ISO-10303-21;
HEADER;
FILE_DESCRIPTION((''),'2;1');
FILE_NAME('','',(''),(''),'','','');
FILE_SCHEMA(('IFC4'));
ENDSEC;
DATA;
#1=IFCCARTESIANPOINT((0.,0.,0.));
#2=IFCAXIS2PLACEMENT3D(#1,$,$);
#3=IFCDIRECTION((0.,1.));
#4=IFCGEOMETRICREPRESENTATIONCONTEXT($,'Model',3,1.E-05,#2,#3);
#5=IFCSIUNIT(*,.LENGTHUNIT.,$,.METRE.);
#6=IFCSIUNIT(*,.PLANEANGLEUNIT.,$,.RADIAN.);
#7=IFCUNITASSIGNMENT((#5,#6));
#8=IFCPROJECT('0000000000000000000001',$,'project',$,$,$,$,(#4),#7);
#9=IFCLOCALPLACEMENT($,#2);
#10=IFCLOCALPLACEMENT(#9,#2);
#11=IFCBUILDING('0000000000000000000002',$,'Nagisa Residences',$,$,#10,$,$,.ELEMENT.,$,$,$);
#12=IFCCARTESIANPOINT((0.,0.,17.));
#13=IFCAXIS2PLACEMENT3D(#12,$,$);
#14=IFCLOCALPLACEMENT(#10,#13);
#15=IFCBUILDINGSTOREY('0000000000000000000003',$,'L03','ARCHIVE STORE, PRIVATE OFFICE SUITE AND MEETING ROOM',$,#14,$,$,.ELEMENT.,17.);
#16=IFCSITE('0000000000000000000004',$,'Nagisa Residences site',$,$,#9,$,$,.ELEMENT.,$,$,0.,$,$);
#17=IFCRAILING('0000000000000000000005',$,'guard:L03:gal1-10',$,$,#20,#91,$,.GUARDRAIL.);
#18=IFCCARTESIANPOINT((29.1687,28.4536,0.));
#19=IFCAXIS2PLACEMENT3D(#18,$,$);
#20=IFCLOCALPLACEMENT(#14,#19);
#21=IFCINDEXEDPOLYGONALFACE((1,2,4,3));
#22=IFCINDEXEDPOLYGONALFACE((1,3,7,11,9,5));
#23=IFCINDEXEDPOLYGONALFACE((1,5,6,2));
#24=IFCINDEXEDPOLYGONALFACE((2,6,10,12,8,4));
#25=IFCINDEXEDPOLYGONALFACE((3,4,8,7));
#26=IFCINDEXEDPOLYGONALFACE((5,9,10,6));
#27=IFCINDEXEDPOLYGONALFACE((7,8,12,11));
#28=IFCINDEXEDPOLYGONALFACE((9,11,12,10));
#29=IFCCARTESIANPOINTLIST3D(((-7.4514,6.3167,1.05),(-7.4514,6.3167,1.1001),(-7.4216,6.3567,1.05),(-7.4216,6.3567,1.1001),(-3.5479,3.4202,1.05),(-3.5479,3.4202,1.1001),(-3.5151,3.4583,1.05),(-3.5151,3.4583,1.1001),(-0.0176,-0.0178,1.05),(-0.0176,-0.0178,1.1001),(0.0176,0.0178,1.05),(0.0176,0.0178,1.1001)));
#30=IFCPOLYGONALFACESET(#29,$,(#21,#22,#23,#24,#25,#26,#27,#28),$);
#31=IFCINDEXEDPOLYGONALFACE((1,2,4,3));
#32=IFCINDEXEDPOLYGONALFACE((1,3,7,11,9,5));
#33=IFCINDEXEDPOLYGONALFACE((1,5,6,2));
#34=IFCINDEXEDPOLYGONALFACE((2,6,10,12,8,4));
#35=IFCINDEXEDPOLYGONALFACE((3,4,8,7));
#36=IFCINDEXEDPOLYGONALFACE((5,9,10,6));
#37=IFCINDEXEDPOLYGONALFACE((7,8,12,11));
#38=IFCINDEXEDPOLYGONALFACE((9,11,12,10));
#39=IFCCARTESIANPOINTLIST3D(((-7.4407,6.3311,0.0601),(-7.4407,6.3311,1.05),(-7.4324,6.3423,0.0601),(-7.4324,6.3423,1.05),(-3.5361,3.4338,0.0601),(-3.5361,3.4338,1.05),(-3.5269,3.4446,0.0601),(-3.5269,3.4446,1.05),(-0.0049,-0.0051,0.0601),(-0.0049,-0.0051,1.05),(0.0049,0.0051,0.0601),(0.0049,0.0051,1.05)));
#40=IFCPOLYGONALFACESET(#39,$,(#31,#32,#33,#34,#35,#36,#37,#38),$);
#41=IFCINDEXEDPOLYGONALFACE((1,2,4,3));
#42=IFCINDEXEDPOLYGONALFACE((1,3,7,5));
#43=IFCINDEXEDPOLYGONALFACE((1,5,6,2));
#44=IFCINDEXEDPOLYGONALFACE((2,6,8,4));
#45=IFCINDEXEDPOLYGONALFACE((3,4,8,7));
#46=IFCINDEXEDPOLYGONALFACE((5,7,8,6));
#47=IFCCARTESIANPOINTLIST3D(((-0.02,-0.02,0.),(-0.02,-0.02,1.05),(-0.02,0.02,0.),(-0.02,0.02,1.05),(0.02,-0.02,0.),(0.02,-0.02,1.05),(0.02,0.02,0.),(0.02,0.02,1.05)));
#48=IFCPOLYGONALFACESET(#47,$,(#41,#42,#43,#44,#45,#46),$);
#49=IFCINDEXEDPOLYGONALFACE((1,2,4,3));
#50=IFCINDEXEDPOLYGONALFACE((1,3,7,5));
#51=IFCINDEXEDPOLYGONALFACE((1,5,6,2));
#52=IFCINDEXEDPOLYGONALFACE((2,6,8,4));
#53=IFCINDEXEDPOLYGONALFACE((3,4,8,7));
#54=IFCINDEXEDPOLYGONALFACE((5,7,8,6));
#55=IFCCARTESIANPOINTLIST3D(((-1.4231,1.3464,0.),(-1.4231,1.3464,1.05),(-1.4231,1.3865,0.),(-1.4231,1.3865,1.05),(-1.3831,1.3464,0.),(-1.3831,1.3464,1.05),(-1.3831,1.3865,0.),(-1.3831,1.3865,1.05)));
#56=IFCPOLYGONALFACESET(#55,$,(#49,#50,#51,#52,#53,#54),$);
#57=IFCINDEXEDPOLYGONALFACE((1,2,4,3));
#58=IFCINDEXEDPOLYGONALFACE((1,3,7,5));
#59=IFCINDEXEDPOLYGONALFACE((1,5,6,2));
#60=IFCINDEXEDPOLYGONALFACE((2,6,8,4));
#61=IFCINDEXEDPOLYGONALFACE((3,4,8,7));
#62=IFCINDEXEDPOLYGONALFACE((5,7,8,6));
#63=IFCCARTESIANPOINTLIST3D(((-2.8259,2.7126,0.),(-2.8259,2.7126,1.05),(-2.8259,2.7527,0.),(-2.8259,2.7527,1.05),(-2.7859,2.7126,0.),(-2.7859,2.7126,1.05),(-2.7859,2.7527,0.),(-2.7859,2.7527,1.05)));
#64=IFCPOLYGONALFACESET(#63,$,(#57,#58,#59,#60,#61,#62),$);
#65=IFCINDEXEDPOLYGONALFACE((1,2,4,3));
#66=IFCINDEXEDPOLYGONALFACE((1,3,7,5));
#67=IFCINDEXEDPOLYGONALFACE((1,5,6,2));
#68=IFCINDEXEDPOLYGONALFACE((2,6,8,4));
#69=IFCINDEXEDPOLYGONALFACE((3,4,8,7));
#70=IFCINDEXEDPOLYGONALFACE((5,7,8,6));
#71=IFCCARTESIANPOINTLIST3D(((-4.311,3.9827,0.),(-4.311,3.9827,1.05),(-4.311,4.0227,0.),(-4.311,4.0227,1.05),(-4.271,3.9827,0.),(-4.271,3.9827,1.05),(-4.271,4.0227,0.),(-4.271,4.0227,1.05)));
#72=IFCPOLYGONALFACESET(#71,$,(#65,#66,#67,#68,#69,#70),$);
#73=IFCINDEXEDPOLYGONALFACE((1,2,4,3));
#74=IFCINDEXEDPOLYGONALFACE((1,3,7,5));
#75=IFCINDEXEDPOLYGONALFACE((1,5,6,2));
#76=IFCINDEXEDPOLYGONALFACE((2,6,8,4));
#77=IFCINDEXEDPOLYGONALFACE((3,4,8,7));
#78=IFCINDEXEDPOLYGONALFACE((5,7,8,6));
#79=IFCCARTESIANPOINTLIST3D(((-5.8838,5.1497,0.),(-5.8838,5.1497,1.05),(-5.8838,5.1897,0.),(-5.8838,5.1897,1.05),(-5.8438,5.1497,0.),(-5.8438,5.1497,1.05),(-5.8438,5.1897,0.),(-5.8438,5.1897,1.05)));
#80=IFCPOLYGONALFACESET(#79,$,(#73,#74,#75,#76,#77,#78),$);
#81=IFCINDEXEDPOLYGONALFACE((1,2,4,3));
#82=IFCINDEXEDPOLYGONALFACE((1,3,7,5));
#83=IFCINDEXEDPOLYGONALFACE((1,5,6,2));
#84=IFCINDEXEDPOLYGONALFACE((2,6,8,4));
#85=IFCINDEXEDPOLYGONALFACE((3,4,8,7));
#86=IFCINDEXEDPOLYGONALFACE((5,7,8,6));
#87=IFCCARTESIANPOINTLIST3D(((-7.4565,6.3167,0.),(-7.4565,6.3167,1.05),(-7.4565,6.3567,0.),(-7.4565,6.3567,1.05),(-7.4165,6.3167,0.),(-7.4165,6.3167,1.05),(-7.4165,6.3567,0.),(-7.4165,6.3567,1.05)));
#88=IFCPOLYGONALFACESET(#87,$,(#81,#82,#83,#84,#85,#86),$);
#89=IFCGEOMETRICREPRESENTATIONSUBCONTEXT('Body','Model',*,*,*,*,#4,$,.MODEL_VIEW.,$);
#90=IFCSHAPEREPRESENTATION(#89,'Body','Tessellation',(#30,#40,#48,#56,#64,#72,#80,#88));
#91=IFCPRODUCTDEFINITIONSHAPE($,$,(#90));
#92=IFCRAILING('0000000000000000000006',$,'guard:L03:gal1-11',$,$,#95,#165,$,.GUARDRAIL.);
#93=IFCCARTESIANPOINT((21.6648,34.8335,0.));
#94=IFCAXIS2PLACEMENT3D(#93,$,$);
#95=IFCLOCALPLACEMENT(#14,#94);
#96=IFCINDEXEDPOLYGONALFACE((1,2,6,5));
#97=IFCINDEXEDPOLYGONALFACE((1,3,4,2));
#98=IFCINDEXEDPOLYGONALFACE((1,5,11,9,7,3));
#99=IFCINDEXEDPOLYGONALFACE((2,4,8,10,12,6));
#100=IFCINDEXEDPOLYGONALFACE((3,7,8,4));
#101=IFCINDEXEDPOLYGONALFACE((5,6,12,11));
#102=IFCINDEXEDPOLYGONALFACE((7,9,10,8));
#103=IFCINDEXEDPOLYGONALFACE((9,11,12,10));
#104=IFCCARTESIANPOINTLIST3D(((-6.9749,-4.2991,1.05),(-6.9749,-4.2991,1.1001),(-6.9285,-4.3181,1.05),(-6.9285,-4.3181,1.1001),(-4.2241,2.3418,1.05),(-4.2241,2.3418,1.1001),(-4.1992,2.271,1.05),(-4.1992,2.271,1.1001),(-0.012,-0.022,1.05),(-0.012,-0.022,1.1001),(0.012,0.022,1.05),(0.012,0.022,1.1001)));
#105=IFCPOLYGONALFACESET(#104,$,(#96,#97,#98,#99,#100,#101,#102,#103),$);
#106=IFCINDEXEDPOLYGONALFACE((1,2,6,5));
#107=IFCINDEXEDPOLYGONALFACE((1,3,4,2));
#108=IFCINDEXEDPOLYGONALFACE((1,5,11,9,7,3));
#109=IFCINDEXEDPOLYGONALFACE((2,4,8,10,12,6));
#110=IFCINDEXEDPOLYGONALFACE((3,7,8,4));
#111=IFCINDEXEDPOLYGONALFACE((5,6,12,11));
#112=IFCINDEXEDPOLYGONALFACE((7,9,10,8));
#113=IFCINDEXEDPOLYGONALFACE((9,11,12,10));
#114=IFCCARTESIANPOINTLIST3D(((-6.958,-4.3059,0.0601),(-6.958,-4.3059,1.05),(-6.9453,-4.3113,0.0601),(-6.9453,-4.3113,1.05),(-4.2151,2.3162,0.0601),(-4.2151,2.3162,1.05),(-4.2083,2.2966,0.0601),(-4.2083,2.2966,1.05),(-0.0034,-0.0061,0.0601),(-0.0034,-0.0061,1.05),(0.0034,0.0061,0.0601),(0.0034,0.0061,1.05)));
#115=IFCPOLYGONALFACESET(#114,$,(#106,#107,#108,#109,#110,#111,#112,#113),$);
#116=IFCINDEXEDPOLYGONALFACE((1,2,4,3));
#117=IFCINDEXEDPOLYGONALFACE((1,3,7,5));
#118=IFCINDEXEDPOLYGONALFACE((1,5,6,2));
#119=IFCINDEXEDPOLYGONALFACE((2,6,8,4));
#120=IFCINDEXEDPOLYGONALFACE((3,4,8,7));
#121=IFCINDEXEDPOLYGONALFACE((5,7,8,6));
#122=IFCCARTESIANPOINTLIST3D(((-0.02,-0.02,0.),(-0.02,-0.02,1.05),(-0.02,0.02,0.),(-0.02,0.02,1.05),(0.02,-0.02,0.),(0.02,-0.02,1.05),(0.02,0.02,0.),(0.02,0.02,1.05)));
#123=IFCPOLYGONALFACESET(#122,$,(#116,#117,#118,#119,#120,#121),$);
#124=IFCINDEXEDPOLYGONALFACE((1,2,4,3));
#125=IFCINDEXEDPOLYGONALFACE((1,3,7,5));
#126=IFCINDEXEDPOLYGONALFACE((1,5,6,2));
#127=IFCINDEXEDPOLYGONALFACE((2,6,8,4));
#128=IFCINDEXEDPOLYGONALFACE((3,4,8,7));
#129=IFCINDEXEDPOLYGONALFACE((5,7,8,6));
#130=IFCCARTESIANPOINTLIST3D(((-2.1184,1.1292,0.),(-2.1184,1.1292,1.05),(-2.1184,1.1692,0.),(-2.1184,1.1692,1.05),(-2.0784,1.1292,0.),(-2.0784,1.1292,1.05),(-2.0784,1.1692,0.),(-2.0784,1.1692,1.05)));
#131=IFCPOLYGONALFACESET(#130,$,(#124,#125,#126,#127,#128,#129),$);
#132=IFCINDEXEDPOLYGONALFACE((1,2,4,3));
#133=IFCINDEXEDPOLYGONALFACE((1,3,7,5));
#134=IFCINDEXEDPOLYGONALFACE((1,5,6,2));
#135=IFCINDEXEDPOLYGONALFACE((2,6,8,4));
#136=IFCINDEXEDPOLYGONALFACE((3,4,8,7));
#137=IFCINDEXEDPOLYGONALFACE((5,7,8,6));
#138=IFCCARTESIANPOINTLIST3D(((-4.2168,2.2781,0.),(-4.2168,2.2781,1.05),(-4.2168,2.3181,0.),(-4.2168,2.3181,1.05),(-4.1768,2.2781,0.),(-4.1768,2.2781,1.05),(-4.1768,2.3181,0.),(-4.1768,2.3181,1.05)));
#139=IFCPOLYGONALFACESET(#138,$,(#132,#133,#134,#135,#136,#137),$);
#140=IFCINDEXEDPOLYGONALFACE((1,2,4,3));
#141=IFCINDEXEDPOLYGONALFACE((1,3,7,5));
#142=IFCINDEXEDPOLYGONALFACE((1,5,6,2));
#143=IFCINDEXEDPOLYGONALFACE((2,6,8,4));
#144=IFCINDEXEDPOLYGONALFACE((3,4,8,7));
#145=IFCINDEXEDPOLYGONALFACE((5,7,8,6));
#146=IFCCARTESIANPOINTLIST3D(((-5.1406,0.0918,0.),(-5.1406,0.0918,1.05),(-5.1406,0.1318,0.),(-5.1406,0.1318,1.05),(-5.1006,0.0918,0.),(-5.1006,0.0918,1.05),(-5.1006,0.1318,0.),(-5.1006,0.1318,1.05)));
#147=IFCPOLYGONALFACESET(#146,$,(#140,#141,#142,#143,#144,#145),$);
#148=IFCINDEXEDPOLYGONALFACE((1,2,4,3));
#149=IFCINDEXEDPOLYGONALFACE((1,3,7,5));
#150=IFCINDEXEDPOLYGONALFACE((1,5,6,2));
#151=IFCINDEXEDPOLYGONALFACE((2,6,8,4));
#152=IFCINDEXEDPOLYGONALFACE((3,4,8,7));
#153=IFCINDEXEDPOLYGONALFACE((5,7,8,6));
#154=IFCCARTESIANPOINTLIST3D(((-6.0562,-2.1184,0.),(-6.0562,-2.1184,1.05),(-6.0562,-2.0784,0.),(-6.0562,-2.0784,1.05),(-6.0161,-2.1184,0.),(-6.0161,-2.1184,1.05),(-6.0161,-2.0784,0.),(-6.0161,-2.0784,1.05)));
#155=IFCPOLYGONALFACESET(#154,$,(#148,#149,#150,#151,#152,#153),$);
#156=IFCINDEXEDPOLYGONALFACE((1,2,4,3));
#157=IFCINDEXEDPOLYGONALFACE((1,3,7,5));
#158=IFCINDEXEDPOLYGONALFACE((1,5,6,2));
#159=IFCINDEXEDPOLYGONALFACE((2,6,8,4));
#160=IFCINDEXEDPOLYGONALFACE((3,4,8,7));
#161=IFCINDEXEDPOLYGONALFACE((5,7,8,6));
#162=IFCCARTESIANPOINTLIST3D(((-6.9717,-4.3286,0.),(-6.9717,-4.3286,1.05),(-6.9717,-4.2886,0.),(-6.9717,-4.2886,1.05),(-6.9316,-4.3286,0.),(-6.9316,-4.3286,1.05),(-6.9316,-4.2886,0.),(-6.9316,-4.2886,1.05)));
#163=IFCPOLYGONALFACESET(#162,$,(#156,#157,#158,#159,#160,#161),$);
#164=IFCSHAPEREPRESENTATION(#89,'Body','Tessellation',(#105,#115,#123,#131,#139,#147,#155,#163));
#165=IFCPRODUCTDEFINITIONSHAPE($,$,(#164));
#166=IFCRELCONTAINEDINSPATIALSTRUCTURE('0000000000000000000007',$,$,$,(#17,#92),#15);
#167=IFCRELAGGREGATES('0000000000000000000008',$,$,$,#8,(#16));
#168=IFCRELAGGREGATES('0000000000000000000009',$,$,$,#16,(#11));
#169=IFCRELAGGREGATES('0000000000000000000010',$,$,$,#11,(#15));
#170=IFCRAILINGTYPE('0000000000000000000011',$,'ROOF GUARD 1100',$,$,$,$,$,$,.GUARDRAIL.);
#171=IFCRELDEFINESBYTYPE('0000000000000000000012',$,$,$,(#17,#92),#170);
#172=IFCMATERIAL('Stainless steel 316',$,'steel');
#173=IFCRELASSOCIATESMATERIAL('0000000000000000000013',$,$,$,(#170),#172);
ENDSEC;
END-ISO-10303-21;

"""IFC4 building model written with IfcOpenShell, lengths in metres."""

from ifc_helpers import new_model, si_unit, direction, frame, origin, origin_2d, place, context, subcontext, project, spatial, polyline, rectangle, outline, extrude, material, type_object, element, save


model = new_model("IFC4")

# Units and contexts
model_context = context("Model", 3, precision=1e-05, world=origin(), true_north=direction((0.0, 1.0)))
body_context = subcontext(model_context, "Body", "Model", "MODEL_VIEW")
ifc_project = project(units=[si_unit("LENGTHUNIT", "METRE"), si_unit("PLANEANGLEUNIT", "RADIAN")], contexts=[model_context])

# Site, building, storey
site_placement = place(None, origin())
site = spatial("IfcSite", under=ifc_project, at=site_placement, Name="Nagisa Residences site", CompositionType="ELEMENT", RefElevation=0.0)
building_placement = place(site_placement, origin())
building = spatial("IfcBuilding", under=site, at=building_placement, Name="Nagisa Residences", CompositionType="ELEMENT")
storey_placement = place(building_placement, frame((0.0, 0.0, 17.0)))
storey = spatial("IfcBuildingStorey", under=building, at=storey_placement, Name="L03", Description="ARCHIVE STORE, PRIVATE OFFICE SUITE AND MEETING ROOM", CompositionType="ELEMENT", Elevation=17.0)

# Railings
ifc_material_1 = material(Name="Stainless steel 316", Category="steel")
railing_type = type_object("IfcRailingType", Name="ROOF GUARD 1100", PredefinedType="GUARDRAIL", material=ifc_material_1)
railing_1_placement = place(storey_placement, frame((29.1687, 28.4536, 0.0)))
element("IfcRailing", 1, at=railing_1_placement, inside=storey, type_object=railing_type, Name="guard:L03:gal1-10", PredefinedType="GUARDRAIL", context=body_context, shape_type="SweptSolid", body=[
    extrude(outline(polyline([(-3.5479, 3.4202), (-0.0176, -0.0178), (0.0176, 0.0178), (-3.5151, 3.4583), (-7.4216, 6.3567), (-7.4514, 6.3167), (-3.5479, 3.4202)])), frame((0.0, 0.0, 1.05)), (0.0, 0.0, 1.0), 0.05),
    extrude(outline(polyline([(-3.5361, 3.4338), (-0.0049, -0.0051), (0.0049, 0.0051), (-3.5269, 3.4446), (-7.4324, 6.3423), (-7.4407, 6.3311), (-3.5361, 3.4338)])), frame((0.0, 0.0, 0.0601)), (0.0, 0.0, 1.0), 0.99),
    extrude(rectangle(XDim=0.04, YDim=0.04, at=origin_2d()), origin(), (0.0, 0.0, 1.0), 1.05),
    extrude(rectangle(XDim=0.04, YDim=0.04, at=origin_2d()), frame((-1.4031, 1.3665, 0.0)), (0.0, 0.0, 1.0), 1.05),
    extrude(rectangle(XDim=0.04, YDim=0.04, at=origin_2d()), frame((-2.8059, 2.7327, 0.0)), (0.0, 0.0, 1.0), 1.05),
    extrude(rectangle(XDim=0.04, YDim=0.04, at=origin_2d()), frame((-4.291, 4.0027, 0.0)), (0.0, 0.0, 1.0), 1.05),
    extrude(rectangle(XDim=0.04, YDim=0.04, at=origin_2d()), frame((-5.8638, 5.1697, 0.0)), (0.0, 0.0, 1.0), 1.05),
    extrude(rectangle(XDim=0.04, YDim=0.04, at=origin_2d()), frame((-7.4365, 6.3367, 0.0)), (0.0, 0.0, 1.0), 1.05),
])
railing_2_placement = place(storey_placement, frame((21.6648, 34.8335, 0.0)))
element("IfcRailing", 2, at=railing_2_placement, inside=storey, type_object=railing_type, Name="guard:L03:gal1-11", PredefinedType="GUARDRAIL", context=body_context, shape_type="SweptSolid", body=[
    extrude(outline(polyline([(-4.1992, 2.271), (-0.012, -0.022), (0.012, 0.022), (-4.2241, 2.3418), (-6.9749, -4.2991), (-6.9285, -4.3181), (-4.1992, 2.271)])), frame((0.0, 0.0, 1.05)), (0.0, 0.0, 1.0), 0.05),
    extrude(outline(polyline([(-4.2083, 2.2966), (-0.0034, -0.0061), (0.0034, 0.0061), (-4.2151, 2.3162), (-6.958, -4.3059), (-6.9453, -4.3113), (-4.2083, 2.2966)])), frame((0.0, 0.0, 0.0601)), (0.0, 0.0, 1.0), 0.99),
    extrude(rectangle(XDim=0.04, YDim=0.04, at=origin_2d()), origin(), (0.0, 0.0, 1.0), 1.05),
    extrude(rectangle(XDim=0.04, YDim=0.04, at=origin_2d()), frame((-2.0984, 1.1492, 0.0)), (0.0, 0.0, 1.0), 1.05),
    extrude(rectangle(XDim=0.04, YDim=0.04, at=origin_2d()), frame((-4.1968, 2.2981, 0.0)), (0.0, 0.0, 1.0), 1.05),
    extrude(rectangle(XDim=0.04, YDim=0.04, at=origin_2d()), frame((-5.1206, 0.1118, 0.0)), (0.0, 0.0, 1.0), 1.05),
    extrude(rectangle(XDim=0.04, YDim=0.04, at=origin_2d()), frame((-6.0361, -2.0984, 0.0)), (0.0, 0.0, 1.0), 1.05),
    extrude(rectangle(XDim=0.04, YDim=0.04, at=origin_2d()), frame((-6.9517, -4.3086, 0.0)), (0.0, 0.0, 1.0), 1.05),
])

save(model, "model.ifc")
